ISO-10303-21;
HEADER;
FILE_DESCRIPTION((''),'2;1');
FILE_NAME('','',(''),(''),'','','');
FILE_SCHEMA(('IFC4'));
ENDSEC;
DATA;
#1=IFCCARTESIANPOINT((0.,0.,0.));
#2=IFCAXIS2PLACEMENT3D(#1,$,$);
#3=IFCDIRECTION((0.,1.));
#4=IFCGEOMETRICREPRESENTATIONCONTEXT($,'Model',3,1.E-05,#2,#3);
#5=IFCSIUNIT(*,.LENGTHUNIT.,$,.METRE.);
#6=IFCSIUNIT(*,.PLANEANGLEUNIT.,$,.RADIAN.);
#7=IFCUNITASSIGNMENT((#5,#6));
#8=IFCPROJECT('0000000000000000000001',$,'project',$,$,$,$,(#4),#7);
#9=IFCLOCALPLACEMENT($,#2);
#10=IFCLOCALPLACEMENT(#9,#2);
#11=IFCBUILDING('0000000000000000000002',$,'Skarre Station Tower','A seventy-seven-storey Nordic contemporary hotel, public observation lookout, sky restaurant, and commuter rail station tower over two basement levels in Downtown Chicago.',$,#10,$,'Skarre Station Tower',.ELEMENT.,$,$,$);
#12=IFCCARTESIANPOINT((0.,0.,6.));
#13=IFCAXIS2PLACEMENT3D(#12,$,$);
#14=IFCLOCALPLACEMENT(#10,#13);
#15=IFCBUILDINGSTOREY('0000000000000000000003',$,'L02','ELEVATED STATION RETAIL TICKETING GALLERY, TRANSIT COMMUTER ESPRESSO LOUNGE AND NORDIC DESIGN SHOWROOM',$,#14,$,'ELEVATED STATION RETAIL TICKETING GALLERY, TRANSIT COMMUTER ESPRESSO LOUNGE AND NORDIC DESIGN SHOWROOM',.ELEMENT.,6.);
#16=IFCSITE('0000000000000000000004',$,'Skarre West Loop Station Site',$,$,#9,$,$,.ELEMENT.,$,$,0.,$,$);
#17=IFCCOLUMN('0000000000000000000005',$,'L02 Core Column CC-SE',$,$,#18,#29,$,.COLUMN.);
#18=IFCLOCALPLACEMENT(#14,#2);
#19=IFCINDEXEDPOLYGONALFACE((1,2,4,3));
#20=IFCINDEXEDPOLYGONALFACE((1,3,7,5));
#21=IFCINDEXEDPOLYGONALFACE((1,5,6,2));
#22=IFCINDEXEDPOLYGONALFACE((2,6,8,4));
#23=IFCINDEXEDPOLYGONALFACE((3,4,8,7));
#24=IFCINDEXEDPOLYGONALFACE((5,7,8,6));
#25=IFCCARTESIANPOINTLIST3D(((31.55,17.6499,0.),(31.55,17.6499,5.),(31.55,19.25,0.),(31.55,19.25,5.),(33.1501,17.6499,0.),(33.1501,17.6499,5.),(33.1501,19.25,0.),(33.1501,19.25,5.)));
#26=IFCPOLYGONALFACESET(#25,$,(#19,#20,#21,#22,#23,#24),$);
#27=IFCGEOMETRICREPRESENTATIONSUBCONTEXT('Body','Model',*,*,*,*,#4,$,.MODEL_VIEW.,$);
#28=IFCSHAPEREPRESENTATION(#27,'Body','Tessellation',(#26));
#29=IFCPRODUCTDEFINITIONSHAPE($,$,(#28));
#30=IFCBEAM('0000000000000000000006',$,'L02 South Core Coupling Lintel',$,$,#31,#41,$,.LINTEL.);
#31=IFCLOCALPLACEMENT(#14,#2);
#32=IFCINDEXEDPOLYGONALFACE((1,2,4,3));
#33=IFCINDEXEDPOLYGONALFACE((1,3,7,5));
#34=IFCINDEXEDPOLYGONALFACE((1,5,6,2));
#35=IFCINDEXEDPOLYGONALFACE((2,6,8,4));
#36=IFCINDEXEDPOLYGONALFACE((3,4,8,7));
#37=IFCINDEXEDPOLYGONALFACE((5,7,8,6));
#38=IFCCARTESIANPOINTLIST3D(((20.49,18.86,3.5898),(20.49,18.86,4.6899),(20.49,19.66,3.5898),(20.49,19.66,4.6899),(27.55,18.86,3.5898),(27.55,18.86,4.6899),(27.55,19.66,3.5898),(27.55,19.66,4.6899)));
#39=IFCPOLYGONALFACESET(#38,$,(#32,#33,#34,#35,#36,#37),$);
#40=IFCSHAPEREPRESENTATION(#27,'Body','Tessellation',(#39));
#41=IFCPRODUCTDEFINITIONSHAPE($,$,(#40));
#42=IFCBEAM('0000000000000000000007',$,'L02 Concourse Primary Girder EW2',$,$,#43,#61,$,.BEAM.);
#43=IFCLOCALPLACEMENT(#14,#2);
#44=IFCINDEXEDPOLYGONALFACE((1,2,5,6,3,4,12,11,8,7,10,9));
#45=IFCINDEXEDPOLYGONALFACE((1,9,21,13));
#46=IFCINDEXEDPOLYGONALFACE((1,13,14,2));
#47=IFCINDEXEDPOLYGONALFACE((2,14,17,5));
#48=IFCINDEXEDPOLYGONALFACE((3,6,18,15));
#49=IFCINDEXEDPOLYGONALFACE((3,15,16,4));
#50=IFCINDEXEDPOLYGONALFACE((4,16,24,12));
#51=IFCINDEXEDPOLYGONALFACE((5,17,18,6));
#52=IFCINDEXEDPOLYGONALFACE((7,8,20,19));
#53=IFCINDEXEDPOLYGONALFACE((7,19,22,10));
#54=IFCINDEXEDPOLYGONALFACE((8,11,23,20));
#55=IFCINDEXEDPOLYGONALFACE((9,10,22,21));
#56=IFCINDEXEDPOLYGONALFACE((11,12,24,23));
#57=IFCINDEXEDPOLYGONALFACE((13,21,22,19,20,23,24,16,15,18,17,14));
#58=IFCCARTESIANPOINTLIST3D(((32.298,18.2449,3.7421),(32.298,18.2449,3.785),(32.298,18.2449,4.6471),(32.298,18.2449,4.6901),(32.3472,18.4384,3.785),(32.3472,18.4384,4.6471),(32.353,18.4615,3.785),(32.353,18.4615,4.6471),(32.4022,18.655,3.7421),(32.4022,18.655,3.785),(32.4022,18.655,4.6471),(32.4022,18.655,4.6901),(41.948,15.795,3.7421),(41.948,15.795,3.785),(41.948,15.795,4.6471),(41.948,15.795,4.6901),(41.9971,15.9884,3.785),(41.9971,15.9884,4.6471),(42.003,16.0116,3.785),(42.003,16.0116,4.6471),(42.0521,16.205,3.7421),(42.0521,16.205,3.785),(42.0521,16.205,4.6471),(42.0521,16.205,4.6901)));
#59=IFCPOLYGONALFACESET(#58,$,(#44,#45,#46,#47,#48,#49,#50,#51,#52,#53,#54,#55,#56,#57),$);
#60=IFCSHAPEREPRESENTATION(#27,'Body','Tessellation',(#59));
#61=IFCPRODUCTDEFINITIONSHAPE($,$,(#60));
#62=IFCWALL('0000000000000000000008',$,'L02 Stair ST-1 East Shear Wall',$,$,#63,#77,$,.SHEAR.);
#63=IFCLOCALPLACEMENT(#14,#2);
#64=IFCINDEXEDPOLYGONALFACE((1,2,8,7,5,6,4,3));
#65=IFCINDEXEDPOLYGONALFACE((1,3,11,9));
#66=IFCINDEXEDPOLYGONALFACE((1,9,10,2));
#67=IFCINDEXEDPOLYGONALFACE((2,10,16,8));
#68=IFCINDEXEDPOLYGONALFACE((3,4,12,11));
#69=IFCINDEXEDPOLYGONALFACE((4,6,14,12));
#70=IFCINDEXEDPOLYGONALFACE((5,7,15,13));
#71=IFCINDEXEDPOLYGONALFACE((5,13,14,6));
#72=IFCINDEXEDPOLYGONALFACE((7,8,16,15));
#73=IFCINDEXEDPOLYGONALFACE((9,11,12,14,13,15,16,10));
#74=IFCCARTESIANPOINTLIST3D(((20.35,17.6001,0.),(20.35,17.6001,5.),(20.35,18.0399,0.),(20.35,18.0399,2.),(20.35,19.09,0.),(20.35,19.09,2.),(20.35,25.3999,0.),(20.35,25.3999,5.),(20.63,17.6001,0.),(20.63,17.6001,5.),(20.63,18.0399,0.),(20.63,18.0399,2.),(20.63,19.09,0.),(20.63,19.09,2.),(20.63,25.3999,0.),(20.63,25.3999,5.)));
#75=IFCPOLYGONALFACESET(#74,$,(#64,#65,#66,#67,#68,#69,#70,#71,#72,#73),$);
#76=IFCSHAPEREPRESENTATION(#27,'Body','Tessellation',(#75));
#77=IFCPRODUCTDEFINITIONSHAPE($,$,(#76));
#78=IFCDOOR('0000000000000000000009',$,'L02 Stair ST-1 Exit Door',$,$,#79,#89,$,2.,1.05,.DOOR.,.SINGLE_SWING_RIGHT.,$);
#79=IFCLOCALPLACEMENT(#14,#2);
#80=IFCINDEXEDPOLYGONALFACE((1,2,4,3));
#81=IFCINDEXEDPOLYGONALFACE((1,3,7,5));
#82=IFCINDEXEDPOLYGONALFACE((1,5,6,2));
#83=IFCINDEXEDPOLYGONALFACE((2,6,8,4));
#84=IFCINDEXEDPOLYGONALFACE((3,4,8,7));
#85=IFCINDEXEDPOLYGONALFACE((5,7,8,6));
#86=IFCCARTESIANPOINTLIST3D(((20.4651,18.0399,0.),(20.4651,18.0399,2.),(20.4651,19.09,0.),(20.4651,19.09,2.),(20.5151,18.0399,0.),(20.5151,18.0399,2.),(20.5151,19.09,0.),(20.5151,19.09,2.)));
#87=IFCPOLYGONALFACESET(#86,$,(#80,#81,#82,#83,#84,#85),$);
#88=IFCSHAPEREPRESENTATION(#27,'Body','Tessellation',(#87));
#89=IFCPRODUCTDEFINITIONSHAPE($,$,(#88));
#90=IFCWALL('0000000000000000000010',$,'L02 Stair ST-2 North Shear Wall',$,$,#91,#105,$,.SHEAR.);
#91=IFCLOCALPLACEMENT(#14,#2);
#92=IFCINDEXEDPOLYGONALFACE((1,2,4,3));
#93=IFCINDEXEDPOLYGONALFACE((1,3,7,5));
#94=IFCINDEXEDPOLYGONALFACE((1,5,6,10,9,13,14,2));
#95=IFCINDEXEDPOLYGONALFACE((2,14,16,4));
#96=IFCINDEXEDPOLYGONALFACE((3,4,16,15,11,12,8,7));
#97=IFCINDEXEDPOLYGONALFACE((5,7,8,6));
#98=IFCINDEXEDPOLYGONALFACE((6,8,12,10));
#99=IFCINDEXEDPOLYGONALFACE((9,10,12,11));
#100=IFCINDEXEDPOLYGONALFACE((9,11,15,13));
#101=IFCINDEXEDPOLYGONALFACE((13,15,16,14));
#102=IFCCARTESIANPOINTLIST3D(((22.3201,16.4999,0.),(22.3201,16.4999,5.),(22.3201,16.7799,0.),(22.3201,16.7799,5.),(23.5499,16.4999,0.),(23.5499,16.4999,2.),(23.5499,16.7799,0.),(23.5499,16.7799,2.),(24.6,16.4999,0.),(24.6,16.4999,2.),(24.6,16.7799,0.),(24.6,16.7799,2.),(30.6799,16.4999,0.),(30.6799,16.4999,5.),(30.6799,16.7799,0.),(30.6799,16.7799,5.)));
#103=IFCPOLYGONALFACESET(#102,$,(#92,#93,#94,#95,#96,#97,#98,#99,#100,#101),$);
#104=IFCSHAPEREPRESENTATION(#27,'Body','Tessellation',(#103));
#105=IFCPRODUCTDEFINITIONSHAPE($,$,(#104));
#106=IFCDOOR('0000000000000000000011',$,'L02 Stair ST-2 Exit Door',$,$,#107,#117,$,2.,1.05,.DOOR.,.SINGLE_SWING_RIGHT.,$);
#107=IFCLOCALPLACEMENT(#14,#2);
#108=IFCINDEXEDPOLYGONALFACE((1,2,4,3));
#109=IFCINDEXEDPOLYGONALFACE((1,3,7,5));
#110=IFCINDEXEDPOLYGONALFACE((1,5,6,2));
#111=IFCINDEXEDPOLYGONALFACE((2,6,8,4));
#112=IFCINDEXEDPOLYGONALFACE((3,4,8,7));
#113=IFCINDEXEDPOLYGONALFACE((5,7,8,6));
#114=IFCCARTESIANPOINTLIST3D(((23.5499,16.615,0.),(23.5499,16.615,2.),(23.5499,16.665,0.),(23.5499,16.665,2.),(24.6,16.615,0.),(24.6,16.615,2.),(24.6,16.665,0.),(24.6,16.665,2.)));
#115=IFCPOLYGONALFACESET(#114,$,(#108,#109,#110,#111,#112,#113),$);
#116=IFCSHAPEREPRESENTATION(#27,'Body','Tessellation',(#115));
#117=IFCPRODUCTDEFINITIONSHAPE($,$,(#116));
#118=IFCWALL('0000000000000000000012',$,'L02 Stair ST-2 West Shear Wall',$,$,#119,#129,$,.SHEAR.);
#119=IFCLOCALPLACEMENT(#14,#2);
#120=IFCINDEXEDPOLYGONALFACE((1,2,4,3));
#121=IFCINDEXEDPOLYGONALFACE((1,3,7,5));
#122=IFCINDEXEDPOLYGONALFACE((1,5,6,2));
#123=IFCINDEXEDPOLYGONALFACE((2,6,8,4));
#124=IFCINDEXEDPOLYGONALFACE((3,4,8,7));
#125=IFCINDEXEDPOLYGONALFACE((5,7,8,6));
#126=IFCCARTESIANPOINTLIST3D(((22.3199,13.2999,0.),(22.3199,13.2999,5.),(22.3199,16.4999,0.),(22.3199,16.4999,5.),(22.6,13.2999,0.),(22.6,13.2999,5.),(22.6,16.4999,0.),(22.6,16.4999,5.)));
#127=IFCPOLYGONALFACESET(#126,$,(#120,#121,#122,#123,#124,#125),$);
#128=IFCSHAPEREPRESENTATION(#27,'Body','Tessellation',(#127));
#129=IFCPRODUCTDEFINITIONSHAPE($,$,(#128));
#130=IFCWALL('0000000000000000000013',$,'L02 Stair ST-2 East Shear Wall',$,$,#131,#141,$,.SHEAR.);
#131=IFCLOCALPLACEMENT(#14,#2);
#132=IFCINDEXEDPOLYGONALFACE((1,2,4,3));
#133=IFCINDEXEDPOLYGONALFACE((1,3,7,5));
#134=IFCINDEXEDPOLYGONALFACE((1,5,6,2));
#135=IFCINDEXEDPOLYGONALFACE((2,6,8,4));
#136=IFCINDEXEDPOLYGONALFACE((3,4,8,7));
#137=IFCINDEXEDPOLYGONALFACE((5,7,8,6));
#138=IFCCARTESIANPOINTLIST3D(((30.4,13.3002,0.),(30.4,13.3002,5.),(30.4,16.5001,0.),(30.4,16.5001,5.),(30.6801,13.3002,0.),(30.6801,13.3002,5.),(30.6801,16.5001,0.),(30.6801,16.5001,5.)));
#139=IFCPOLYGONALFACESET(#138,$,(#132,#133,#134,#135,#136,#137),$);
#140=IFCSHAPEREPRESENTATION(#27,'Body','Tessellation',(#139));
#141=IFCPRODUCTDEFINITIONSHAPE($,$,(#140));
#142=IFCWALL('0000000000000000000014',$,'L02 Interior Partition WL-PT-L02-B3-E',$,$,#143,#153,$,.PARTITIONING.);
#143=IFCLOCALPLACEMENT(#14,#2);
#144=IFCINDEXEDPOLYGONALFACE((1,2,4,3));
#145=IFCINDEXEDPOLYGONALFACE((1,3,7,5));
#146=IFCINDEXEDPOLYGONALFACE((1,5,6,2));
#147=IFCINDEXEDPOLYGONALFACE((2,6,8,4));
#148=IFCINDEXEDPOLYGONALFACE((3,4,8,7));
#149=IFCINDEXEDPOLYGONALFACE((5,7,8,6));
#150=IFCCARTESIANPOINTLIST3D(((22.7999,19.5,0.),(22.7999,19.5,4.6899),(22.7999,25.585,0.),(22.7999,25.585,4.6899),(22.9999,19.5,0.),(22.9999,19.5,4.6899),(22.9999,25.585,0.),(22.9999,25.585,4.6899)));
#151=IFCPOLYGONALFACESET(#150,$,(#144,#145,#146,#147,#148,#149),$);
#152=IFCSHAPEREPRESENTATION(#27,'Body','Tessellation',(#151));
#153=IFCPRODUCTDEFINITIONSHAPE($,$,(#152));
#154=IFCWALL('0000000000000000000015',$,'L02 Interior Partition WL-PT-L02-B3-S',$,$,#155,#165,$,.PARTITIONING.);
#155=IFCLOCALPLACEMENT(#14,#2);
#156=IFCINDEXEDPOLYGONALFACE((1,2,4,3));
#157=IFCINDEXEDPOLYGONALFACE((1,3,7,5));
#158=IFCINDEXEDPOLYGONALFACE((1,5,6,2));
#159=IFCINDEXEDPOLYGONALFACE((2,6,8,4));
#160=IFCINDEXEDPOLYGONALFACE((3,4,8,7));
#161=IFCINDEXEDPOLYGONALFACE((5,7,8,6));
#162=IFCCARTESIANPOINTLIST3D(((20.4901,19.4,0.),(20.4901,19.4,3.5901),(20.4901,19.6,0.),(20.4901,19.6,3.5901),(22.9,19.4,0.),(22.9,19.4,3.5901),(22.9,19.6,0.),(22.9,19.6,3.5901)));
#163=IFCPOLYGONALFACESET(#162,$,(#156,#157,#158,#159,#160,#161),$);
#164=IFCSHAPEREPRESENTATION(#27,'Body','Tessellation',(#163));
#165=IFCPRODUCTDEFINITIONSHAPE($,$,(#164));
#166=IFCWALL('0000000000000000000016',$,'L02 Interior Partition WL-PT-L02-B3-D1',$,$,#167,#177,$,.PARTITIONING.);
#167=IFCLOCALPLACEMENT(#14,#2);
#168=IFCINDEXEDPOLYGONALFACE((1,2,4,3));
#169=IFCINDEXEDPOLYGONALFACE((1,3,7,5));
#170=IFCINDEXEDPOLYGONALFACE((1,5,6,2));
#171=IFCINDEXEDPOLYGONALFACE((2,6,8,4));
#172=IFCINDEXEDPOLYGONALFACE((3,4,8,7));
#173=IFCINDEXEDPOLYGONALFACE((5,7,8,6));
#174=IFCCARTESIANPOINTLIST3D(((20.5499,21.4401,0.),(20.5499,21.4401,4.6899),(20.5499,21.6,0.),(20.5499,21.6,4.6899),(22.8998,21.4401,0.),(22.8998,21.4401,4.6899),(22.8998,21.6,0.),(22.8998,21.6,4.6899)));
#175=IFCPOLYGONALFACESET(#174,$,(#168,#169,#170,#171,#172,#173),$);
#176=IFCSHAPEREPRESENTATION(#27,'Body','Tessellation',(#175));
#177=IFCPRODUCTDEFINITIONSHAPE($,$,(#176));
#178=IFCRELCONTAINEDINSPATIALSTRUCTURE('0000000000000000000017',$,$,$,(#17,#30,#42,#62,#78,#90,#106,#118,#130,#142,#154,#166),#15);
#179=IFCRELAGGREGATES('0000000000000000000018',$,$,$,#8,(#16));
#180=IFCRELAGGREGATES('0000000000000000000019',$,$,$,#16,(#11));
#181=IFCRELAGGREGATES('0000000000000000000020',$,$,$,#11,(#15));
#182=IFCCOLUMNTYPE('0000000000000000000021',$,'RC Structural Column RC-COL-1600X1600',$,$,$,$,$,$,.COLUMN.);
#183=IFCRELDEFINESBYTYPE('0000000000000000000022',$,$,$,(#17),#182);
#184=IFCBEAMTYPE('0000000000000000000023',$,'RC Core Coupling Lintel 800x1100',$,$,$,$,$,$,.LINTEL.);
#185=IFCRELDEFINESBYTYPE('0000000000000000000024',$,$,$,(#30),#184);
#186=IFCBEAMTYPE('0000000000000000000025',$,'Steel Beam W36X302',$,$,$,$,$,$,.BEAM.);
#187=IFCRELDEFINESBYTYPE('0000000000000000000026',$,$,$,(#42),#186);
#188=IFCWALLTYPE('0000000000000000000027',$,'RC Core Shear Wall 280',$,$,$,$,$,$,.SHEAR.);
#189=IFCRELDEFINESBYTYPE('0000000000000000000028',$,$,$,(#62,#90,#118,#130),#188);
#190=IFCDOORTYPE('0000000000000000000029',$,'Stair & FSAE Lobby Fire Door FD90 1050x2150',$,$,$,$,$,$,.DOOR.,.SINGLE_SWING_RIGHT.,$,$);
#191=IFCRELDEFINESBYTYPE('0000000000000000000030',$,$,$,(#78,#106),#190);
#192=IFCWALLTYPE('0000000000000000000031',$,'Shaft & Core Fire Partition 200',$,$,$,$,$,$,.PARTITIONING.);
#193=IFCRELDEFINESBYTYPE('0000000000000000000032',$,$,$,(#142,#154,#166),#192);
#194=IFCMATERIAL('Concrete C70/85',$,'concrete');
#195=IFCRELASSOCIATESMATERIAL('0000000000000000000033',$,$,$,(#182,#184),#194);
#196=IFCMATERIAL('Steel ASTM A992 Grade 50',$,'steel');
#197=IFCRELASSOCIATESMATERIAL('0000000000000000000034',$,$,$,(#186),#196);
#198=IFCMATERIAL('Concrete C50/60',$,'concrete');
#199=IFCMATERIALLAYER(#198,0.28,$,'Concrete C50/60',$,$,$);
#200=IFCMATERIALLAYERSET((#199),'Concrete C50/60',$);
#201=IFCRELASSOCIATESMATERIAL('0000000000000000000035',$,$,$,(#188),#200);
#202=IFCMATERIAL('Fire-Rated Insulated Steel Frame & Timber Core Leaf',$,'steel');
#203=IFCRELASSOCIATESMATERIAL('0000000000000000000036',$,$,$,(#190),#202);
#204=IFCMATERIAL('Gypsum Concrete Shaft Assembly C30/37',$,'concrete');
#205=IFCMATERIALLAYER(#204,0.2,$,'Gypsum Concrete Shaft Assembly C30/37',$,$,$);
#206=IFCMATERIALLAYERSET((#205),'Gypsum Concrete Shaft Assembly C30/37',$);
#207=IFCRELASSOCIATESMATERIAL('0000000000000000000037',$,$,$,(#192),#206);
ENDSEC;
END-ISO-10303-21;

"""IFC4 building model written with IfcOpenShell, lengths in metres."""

from ifc_helpers import new_model, si_unit, direction, frame, frame_2d, origin, origin_2d, place, context, subcontext, project, spatial, rectangle, i_section, extrude, material, layer, layer_set, material_profile, profile_set, type_object, element, fill, save


model = new_model("IFC4")

# Units and contexts
model_context = context("Model", 3, precision=1e-05, world=origin(), true_north=direction((0.0, 1.0)))
body_context = subcontext(model_context, "Body", "Model", "MODEL_VIEW")
ifc_project = project(units=[si_unit("LENGTHUNIT", "METRE"), si_unit("PLANEANGLEUNIT", "RADIAN")], contexts=[model_context])

# Site, building, storey
site_placement = place(None, origin())
site = spatial("IfcSite", under=ifc_project, at=site_placement, Name="Skarre West Loop Station Site", CompositionType="ELEMENT", RefElevation=0.0)
building_placement = place(site_placement, origin())
building = spatial("IfcBuilding", under=site, at=building_placement, Name="Skarre Station Tower", Description="A seventy-seven-storey Nordic contemporary hotel, public observation lookout, sky restaurant, and commuter rail station tower over two basement levels in Downtown Chicago.", LongName="Skarre Station Tower", CompositionType="ELEMENT")
storey_placement = place(building_placement, frame((0.0, 0.0, 6.0)))
storey = spatial("IfcBuildingStorey", under=building, at=storey_placement, Name="L02", Description="ELEVATED STATION RETAIL TICKETING GALLERY, TRANSIT COMMUTER ESPRESSO LOUNGE AND NORDIC DESIGN SHOWROOM", LongName="ELEVATED STATION RETAIL TICKETING GALLERY, TRANSIT COMMUTER ESPRESSO LOUNGE AND NORDIC DESIGN SHOWROOM", CompositionType="ELEMENT", Elevation=6.0)

# Column
ifc_material_1 = material(Name="Concrete C70/85", Category="concrete")
ifc_material_profile_1 = material_profile(ifc_material_1, rectangle(XDim=1.6001, YDim=1.6001, at=origin_2d()), Name="Concrete C70/85")
ifc_profile_set_1 = profile_set([ifc_material_profile_1], Name="Concrete C70/85")
column_type = type_object("IfcColumnType", Name="RC Structural Column RC-COL-1600X1600", PredefinedType="COLUMN", material=ifc_profile_set_1)
column_placement = place(storey_placement, frame((32.3501, 18.45, 0.0), z_axis=(0.0, 0.0, 1.0), x_axis=(1.0, 0.0, 0.0)))
element("IfcColumn", 1, at=column_placement, inside=storey, type_object=column_type, Name="L02 Core Column CC-SE", PredefinedType="COLUMN", context=body_context, shape_type="SweptSolid", body=[
    extrude(rectangle(XDim=1.6001, YDim=1.6001, at=origin_2d()), origin(), (0.0, 0.0, 1.0), 5.0),
])

# Beams
ifc_material_profile_2 = material_profile(ifc_material_1, rectangle(XDim=0.8, YDim=1.1001, at=origin_2d()), Name="Concrete C70/85")
ifc_profile_set_2 = profile_set([ifc_material_profile_2], Name="Concrete C70/85")
beam_type_1 = type_object("IfcBeamType", Name="RC Core Coupling Lintel 800x1100", PredefinedType="LINTEL", material=ifc_profile_set_2)
beam_1_placement = place(storey_placement, frame((20.49, 19.26, 4.1399), z_axis=(1.0, 0.0, 0.0), x_axis=(0.0, 1.0, 0.0)))
element("IfcBeam", 2, at=beam_1_placement, inside=storey, type_object=beam_type_1, Name="L02 South Core Coupling Lintel", PredefinedType="LINTEL", context=body_context, shape_type="SweptSolid", body=[
    extrude(rectangle(XDim=0.8, YDim=1.1001, at=origin_2d()), origin(), (0.0, 0.0, 1.0), 7.0601),
])
ifc_material_2 = material(Name="Steel ASTM A992 Grade 50", Category="steel")
ifc_material_profile_3 = material_profile(ifc_material_2, i_section(OverallWidth=0.4231, OverallDepth=0.948, WebThickness=0.0239, FlangeThickness=0.043, at=origin_2d()), Name="Steel ASTM A992 Grade 50")
ifc_profile_set_3 = profile_set([ifc_material_profile_3], Name="Steel ASTM A992 Grade 50")
beam_type_2 = type_object("IfcBeamType", Name="Steel Beam W36X302", PredefinedType="BEAM", material=ifc_profile_set_3)
beam_2_placement = place(storey_placement, frame((32.3501, 18.45, 4.2161), z_axis=(0.96925, -0.246077, 0.0), x_axis=(0.246077, 0.96925, 0.0)))
element("IfcBeam", 3, at=beam_2_placement, inside=storey, type_object=beam_type_2, Name="L02 Concourse Primary Girder EW2", PredefinedType="BEAM", context=body_context, shape_type="SweptSolid", body=[
    extrude(i_section(OverallWidth=0.4231, OverallDepth=0.948, WebThickness=0.0239, FlangeThickness=0.043, at=origin_2d()), origin(), (0.0, 0.0, 1.0), 9.9561),
])

# Walls, openings, doors
ifc_material_3 = material(Name="Concrete C50/60", Category="concrete")
ifc_layer_1 = layer(ifc_material_3, 0.28, Name="Concrete C50/60")
ifc_layer_set_1 = layer_set([ifc_layer_1], Name="Concrete C50/60")
wall_type_1 = type_object("IfcWallType", Name="RC Core Shear Wall 280", PredefinedType="SHEAR", material=ifc_layer_set_1)
wall_1_placement = place(storey_placement, frame((20.49, 17.6001, 0.0), z_axis=(0.0, 0.0, 1.0), x_axis=(0.0, 1.0, 0.0)))
wall_1 = element("IfcWall", 4, at=wall_1_placement, inside=storey, type_object=wall_type_1, Name="L02 Stair ST-1 East Shear Wall", PredefinedType="SHEAR", context=body_context, shape_type="SweptSolid", body=[
    extrude(rectangle(XDim=7.7998, YDim=0.28, at=frame_2d((3.8999, 0.0))), origin(), (0.0, 0.0, 1.0), 5.0),
])
opening_1_placement = place(wall_1_placement, frame((0.4399, 0.0, 0.0)))
opening_1 = element("IfcOpeningElement", 5, at=opening_1_placement, cuts=wall_1, PredefinedType="OPENING", context=body_context, shape_type="SweptSolid", body=[
    extrude(rectangle(XDim=1.05, YDim=2.0, at=frame_2d((0.5249, 1.0))), frame((0.0, 0.1499, 0.0), z_axis=(0.0, -1.0, 0.0), x_axis=(1.0, 0.0, 0.0)), (0.0, 0.0, 1.0), 0.3),
])
ifc_material_4 = material(Name="Fire-Rated Insulated Steel Frame & Timber Core Leaf", Category="steel")
door_type = type_object("IfcDoorType", Name="Stair & FSAE Lobby Fire Door FD90 1050x2150", OperationType="SINGLE_SWING_RIGHT", PredefinedType="DOOR", material=ifc_material_4)
door_1_placement = place(opening_1_placement, origin())
door_1 = element("IfcDoor", 6, at=door_1_placement, inside=storey, type_object=door_type, Name="L02 Stair ST-1 Exit Door", OperationType="SINGLE_SWING_RIGHT", OverallHeight=2.0, OverallWidth=1.05, PredefinedType="DOOR", context=body_context, shape_type="SweptSolid", body=[
    extrude(rectangle(XDim=1.05, YDim=2.0, at=frame_2d((0.5249, 1.0))), frame((0.0, 0.0249, 0.0), z_axis=(0.0, -1.0, 0.0), x_axis=(1.0, 0.0, 0.0)), (0.0, 0.0, 1.0), 0.05),
])
fill(opening_1, door_1)
wall_2_placement = place(storey_placement, frame((30.6799, 16.6399, 0.0), z_axis=(0.0, 0.0, 1.0), x_axis=(-1.0, 0.0, 0.0)))
wall_2 = element("IfcWall", 7, at=wall_2_placement, inside=storey, type_object=wall_type_1, Name="L02 Stair ST-2 North Shear Wall", PredefinedType="SHEAR", context=body_context, shape_type="SweptSolid", body=[
    extrude(rectangle(XDim=8.3599, YDim=0.28, at=frame_2d((4.1799, 0.0))), origin(), (0.0, 0.0, 1.0), 5.0),
])
opening_2_placement = place(wall_2_placement, frame((6.0801, 0.0, 0.0)))
opening_2 = element("IfcOpeningElement", 8, at=opening_2_placement, cuts=wall_2, PredefinedType="OPENING", context=body_context, shape_type="SweptSolid", body=[
    extrude(rectangle(XDim=1.05, YDim=2.0, at=frame_2d((0.5249, 1.0))), frame((0.0, 0.1499, 0.0), z_axis=(0.0, -1.0, 0.0), x_axis=(1.0, 0.0, 0.0)), (0.0, 0.0, 1.0), 0.3),
])
door_2_placement = place(opening_2_placement, origin())
door_2 = element("IfcDoor", 9, at=door_2_placement, inside=storey, type_object=door_type, Name="L02 Stair ST-2 Exit Door", OperationType="SINGLE_SWING_RIGHT", OverallHeight=2.0, OverallWidth=1.05, PredefinedType="DOOR", context=body_context, shape_type="SweptSolid", body=[
    extrude(rectangle(XDim=1.05, YDim=2.0, at=frame_2d((0.5249, 1.0))), frame((0.0, 0.0249, 0.0), z_axis=(0.0, -1.0, 0.0), x_axis=(1.0, 0.0, 0.0)), (0.0, 0.0, 1.0), 0.05),
])
fill(opening_2, door_2)

# Walls
for number, where, z_axis, x_axis, name in (
    (10, (22.46, 16.5, 0.0), (0.0, 0.0, 1.0), (0.0, -1.0, 0.0), "L02 Stair ST-2 West Shear Wall"),
    (11, (30.54, 13.3, 0.0), (0.0, 0.0, 1.0), (0.0, 1.0, 0.0), "L02 Stair ST-2 East Shear Wall"),
):
    element("IfcWall", number, at=place(storey_placement, frame(where, z_axis=z_axis, x_axis=x_axis)), inside=storey, type_object=wall_type_1, Name=name, PredefinedType="SHEAR", context=body_context, shape_type="SweptSolid", body=[
        extrude(rectangle(XDim=3.2, YDim=0.28, at=frame_2d((1.6001, 0.0))), origin(), (0.0, 0.0, 1.0), 5.0),
    ])
ifc_material_5 = material(Name="Gypsum Concrete Shaft Assembly C30/37", Category="concrete")
ifc_layer_2 = layer(ifc_material_5, 0.2, Name="Gypsum Concrete Shaft Assembly C30/37")
ifc_layer_set_2 = layer_set([ifc_layer_2], Name="Gypsum Concrete Shaft Assembly C30/37")
wall_type_2 = type_object("IfcWallType", Name="Shaft & Core Fire Partition 200", PredefinedType="PARTITIONING", material=ifc_layer_set_2)
wall_3_placement = place(storey_placement, frame((22.8999, 19.5, 0.0), z_axis=(0.0, 0.0, 1.0), x_axis=(0.0, 1.0, 0.0)))
element("IfcWall", 12, at=wall_3_placement, inside=storey, type_object=wall_type_2, Name="L02 Interior Partition WL-PT-L02-B3-E", PredefinedType="PARTITIONING", context=body_context, shape_type="SweptSolid", body=[
    extrude(rectangle(XDim=6.085, YDim=0.2, at=frame_2d((3.0425, 0.0))), origin(), (0.0, 0.0, 1.0), 4.6899),
])
wall_4_placement = place(storey_placement, frame((20.49, 19.5, 0.0), z_axis=(0.0, 0.0, 1.0), x_axis=(1.0, 0.0, 0.0)))
element("IfcWall", 13, at=wall_4_placement, inside=storey, type_object=wall_type_2, Name="L02 Interior Partition WL-PT-L02-B3-S", PredefinedType="PARTITIONING", context=body_context, shape_type="SweptSolid", body=[
    extrude(rectangle(XDim=2.4099, YDim=0.2, at=frame_2d((1.2051, 0.0))), origin(), (0.0, 0.0, 1.0), 3.5901),
])
for number, where, z_axis, x_axis, name in (
    (14, (20.55, 21.52, 0.0), (0.0, 0.0, 1.0), (1.0, 0.0, 0.0), "L02 Interior Partition WL-PT-L02-B3-D1"),
):
    element("IfcWall", number, at=place(storey_placement, frame(where, z_axis=z_axis, x_axis=x_axis)), inside=storey, type_object=wall_type_2, Name=name, PredefinedType="PARTITIONING", context=body_context, shape_type="SweptSolid", body=[
        extrude(rectangle(XDim=2.3499, YDim=0.1599, at=frame_2d((1.1748, 0.0))), origin(), (0.0, 0.0, 1.0), 4.6899),
    ])

save(model, "model.ifc")
